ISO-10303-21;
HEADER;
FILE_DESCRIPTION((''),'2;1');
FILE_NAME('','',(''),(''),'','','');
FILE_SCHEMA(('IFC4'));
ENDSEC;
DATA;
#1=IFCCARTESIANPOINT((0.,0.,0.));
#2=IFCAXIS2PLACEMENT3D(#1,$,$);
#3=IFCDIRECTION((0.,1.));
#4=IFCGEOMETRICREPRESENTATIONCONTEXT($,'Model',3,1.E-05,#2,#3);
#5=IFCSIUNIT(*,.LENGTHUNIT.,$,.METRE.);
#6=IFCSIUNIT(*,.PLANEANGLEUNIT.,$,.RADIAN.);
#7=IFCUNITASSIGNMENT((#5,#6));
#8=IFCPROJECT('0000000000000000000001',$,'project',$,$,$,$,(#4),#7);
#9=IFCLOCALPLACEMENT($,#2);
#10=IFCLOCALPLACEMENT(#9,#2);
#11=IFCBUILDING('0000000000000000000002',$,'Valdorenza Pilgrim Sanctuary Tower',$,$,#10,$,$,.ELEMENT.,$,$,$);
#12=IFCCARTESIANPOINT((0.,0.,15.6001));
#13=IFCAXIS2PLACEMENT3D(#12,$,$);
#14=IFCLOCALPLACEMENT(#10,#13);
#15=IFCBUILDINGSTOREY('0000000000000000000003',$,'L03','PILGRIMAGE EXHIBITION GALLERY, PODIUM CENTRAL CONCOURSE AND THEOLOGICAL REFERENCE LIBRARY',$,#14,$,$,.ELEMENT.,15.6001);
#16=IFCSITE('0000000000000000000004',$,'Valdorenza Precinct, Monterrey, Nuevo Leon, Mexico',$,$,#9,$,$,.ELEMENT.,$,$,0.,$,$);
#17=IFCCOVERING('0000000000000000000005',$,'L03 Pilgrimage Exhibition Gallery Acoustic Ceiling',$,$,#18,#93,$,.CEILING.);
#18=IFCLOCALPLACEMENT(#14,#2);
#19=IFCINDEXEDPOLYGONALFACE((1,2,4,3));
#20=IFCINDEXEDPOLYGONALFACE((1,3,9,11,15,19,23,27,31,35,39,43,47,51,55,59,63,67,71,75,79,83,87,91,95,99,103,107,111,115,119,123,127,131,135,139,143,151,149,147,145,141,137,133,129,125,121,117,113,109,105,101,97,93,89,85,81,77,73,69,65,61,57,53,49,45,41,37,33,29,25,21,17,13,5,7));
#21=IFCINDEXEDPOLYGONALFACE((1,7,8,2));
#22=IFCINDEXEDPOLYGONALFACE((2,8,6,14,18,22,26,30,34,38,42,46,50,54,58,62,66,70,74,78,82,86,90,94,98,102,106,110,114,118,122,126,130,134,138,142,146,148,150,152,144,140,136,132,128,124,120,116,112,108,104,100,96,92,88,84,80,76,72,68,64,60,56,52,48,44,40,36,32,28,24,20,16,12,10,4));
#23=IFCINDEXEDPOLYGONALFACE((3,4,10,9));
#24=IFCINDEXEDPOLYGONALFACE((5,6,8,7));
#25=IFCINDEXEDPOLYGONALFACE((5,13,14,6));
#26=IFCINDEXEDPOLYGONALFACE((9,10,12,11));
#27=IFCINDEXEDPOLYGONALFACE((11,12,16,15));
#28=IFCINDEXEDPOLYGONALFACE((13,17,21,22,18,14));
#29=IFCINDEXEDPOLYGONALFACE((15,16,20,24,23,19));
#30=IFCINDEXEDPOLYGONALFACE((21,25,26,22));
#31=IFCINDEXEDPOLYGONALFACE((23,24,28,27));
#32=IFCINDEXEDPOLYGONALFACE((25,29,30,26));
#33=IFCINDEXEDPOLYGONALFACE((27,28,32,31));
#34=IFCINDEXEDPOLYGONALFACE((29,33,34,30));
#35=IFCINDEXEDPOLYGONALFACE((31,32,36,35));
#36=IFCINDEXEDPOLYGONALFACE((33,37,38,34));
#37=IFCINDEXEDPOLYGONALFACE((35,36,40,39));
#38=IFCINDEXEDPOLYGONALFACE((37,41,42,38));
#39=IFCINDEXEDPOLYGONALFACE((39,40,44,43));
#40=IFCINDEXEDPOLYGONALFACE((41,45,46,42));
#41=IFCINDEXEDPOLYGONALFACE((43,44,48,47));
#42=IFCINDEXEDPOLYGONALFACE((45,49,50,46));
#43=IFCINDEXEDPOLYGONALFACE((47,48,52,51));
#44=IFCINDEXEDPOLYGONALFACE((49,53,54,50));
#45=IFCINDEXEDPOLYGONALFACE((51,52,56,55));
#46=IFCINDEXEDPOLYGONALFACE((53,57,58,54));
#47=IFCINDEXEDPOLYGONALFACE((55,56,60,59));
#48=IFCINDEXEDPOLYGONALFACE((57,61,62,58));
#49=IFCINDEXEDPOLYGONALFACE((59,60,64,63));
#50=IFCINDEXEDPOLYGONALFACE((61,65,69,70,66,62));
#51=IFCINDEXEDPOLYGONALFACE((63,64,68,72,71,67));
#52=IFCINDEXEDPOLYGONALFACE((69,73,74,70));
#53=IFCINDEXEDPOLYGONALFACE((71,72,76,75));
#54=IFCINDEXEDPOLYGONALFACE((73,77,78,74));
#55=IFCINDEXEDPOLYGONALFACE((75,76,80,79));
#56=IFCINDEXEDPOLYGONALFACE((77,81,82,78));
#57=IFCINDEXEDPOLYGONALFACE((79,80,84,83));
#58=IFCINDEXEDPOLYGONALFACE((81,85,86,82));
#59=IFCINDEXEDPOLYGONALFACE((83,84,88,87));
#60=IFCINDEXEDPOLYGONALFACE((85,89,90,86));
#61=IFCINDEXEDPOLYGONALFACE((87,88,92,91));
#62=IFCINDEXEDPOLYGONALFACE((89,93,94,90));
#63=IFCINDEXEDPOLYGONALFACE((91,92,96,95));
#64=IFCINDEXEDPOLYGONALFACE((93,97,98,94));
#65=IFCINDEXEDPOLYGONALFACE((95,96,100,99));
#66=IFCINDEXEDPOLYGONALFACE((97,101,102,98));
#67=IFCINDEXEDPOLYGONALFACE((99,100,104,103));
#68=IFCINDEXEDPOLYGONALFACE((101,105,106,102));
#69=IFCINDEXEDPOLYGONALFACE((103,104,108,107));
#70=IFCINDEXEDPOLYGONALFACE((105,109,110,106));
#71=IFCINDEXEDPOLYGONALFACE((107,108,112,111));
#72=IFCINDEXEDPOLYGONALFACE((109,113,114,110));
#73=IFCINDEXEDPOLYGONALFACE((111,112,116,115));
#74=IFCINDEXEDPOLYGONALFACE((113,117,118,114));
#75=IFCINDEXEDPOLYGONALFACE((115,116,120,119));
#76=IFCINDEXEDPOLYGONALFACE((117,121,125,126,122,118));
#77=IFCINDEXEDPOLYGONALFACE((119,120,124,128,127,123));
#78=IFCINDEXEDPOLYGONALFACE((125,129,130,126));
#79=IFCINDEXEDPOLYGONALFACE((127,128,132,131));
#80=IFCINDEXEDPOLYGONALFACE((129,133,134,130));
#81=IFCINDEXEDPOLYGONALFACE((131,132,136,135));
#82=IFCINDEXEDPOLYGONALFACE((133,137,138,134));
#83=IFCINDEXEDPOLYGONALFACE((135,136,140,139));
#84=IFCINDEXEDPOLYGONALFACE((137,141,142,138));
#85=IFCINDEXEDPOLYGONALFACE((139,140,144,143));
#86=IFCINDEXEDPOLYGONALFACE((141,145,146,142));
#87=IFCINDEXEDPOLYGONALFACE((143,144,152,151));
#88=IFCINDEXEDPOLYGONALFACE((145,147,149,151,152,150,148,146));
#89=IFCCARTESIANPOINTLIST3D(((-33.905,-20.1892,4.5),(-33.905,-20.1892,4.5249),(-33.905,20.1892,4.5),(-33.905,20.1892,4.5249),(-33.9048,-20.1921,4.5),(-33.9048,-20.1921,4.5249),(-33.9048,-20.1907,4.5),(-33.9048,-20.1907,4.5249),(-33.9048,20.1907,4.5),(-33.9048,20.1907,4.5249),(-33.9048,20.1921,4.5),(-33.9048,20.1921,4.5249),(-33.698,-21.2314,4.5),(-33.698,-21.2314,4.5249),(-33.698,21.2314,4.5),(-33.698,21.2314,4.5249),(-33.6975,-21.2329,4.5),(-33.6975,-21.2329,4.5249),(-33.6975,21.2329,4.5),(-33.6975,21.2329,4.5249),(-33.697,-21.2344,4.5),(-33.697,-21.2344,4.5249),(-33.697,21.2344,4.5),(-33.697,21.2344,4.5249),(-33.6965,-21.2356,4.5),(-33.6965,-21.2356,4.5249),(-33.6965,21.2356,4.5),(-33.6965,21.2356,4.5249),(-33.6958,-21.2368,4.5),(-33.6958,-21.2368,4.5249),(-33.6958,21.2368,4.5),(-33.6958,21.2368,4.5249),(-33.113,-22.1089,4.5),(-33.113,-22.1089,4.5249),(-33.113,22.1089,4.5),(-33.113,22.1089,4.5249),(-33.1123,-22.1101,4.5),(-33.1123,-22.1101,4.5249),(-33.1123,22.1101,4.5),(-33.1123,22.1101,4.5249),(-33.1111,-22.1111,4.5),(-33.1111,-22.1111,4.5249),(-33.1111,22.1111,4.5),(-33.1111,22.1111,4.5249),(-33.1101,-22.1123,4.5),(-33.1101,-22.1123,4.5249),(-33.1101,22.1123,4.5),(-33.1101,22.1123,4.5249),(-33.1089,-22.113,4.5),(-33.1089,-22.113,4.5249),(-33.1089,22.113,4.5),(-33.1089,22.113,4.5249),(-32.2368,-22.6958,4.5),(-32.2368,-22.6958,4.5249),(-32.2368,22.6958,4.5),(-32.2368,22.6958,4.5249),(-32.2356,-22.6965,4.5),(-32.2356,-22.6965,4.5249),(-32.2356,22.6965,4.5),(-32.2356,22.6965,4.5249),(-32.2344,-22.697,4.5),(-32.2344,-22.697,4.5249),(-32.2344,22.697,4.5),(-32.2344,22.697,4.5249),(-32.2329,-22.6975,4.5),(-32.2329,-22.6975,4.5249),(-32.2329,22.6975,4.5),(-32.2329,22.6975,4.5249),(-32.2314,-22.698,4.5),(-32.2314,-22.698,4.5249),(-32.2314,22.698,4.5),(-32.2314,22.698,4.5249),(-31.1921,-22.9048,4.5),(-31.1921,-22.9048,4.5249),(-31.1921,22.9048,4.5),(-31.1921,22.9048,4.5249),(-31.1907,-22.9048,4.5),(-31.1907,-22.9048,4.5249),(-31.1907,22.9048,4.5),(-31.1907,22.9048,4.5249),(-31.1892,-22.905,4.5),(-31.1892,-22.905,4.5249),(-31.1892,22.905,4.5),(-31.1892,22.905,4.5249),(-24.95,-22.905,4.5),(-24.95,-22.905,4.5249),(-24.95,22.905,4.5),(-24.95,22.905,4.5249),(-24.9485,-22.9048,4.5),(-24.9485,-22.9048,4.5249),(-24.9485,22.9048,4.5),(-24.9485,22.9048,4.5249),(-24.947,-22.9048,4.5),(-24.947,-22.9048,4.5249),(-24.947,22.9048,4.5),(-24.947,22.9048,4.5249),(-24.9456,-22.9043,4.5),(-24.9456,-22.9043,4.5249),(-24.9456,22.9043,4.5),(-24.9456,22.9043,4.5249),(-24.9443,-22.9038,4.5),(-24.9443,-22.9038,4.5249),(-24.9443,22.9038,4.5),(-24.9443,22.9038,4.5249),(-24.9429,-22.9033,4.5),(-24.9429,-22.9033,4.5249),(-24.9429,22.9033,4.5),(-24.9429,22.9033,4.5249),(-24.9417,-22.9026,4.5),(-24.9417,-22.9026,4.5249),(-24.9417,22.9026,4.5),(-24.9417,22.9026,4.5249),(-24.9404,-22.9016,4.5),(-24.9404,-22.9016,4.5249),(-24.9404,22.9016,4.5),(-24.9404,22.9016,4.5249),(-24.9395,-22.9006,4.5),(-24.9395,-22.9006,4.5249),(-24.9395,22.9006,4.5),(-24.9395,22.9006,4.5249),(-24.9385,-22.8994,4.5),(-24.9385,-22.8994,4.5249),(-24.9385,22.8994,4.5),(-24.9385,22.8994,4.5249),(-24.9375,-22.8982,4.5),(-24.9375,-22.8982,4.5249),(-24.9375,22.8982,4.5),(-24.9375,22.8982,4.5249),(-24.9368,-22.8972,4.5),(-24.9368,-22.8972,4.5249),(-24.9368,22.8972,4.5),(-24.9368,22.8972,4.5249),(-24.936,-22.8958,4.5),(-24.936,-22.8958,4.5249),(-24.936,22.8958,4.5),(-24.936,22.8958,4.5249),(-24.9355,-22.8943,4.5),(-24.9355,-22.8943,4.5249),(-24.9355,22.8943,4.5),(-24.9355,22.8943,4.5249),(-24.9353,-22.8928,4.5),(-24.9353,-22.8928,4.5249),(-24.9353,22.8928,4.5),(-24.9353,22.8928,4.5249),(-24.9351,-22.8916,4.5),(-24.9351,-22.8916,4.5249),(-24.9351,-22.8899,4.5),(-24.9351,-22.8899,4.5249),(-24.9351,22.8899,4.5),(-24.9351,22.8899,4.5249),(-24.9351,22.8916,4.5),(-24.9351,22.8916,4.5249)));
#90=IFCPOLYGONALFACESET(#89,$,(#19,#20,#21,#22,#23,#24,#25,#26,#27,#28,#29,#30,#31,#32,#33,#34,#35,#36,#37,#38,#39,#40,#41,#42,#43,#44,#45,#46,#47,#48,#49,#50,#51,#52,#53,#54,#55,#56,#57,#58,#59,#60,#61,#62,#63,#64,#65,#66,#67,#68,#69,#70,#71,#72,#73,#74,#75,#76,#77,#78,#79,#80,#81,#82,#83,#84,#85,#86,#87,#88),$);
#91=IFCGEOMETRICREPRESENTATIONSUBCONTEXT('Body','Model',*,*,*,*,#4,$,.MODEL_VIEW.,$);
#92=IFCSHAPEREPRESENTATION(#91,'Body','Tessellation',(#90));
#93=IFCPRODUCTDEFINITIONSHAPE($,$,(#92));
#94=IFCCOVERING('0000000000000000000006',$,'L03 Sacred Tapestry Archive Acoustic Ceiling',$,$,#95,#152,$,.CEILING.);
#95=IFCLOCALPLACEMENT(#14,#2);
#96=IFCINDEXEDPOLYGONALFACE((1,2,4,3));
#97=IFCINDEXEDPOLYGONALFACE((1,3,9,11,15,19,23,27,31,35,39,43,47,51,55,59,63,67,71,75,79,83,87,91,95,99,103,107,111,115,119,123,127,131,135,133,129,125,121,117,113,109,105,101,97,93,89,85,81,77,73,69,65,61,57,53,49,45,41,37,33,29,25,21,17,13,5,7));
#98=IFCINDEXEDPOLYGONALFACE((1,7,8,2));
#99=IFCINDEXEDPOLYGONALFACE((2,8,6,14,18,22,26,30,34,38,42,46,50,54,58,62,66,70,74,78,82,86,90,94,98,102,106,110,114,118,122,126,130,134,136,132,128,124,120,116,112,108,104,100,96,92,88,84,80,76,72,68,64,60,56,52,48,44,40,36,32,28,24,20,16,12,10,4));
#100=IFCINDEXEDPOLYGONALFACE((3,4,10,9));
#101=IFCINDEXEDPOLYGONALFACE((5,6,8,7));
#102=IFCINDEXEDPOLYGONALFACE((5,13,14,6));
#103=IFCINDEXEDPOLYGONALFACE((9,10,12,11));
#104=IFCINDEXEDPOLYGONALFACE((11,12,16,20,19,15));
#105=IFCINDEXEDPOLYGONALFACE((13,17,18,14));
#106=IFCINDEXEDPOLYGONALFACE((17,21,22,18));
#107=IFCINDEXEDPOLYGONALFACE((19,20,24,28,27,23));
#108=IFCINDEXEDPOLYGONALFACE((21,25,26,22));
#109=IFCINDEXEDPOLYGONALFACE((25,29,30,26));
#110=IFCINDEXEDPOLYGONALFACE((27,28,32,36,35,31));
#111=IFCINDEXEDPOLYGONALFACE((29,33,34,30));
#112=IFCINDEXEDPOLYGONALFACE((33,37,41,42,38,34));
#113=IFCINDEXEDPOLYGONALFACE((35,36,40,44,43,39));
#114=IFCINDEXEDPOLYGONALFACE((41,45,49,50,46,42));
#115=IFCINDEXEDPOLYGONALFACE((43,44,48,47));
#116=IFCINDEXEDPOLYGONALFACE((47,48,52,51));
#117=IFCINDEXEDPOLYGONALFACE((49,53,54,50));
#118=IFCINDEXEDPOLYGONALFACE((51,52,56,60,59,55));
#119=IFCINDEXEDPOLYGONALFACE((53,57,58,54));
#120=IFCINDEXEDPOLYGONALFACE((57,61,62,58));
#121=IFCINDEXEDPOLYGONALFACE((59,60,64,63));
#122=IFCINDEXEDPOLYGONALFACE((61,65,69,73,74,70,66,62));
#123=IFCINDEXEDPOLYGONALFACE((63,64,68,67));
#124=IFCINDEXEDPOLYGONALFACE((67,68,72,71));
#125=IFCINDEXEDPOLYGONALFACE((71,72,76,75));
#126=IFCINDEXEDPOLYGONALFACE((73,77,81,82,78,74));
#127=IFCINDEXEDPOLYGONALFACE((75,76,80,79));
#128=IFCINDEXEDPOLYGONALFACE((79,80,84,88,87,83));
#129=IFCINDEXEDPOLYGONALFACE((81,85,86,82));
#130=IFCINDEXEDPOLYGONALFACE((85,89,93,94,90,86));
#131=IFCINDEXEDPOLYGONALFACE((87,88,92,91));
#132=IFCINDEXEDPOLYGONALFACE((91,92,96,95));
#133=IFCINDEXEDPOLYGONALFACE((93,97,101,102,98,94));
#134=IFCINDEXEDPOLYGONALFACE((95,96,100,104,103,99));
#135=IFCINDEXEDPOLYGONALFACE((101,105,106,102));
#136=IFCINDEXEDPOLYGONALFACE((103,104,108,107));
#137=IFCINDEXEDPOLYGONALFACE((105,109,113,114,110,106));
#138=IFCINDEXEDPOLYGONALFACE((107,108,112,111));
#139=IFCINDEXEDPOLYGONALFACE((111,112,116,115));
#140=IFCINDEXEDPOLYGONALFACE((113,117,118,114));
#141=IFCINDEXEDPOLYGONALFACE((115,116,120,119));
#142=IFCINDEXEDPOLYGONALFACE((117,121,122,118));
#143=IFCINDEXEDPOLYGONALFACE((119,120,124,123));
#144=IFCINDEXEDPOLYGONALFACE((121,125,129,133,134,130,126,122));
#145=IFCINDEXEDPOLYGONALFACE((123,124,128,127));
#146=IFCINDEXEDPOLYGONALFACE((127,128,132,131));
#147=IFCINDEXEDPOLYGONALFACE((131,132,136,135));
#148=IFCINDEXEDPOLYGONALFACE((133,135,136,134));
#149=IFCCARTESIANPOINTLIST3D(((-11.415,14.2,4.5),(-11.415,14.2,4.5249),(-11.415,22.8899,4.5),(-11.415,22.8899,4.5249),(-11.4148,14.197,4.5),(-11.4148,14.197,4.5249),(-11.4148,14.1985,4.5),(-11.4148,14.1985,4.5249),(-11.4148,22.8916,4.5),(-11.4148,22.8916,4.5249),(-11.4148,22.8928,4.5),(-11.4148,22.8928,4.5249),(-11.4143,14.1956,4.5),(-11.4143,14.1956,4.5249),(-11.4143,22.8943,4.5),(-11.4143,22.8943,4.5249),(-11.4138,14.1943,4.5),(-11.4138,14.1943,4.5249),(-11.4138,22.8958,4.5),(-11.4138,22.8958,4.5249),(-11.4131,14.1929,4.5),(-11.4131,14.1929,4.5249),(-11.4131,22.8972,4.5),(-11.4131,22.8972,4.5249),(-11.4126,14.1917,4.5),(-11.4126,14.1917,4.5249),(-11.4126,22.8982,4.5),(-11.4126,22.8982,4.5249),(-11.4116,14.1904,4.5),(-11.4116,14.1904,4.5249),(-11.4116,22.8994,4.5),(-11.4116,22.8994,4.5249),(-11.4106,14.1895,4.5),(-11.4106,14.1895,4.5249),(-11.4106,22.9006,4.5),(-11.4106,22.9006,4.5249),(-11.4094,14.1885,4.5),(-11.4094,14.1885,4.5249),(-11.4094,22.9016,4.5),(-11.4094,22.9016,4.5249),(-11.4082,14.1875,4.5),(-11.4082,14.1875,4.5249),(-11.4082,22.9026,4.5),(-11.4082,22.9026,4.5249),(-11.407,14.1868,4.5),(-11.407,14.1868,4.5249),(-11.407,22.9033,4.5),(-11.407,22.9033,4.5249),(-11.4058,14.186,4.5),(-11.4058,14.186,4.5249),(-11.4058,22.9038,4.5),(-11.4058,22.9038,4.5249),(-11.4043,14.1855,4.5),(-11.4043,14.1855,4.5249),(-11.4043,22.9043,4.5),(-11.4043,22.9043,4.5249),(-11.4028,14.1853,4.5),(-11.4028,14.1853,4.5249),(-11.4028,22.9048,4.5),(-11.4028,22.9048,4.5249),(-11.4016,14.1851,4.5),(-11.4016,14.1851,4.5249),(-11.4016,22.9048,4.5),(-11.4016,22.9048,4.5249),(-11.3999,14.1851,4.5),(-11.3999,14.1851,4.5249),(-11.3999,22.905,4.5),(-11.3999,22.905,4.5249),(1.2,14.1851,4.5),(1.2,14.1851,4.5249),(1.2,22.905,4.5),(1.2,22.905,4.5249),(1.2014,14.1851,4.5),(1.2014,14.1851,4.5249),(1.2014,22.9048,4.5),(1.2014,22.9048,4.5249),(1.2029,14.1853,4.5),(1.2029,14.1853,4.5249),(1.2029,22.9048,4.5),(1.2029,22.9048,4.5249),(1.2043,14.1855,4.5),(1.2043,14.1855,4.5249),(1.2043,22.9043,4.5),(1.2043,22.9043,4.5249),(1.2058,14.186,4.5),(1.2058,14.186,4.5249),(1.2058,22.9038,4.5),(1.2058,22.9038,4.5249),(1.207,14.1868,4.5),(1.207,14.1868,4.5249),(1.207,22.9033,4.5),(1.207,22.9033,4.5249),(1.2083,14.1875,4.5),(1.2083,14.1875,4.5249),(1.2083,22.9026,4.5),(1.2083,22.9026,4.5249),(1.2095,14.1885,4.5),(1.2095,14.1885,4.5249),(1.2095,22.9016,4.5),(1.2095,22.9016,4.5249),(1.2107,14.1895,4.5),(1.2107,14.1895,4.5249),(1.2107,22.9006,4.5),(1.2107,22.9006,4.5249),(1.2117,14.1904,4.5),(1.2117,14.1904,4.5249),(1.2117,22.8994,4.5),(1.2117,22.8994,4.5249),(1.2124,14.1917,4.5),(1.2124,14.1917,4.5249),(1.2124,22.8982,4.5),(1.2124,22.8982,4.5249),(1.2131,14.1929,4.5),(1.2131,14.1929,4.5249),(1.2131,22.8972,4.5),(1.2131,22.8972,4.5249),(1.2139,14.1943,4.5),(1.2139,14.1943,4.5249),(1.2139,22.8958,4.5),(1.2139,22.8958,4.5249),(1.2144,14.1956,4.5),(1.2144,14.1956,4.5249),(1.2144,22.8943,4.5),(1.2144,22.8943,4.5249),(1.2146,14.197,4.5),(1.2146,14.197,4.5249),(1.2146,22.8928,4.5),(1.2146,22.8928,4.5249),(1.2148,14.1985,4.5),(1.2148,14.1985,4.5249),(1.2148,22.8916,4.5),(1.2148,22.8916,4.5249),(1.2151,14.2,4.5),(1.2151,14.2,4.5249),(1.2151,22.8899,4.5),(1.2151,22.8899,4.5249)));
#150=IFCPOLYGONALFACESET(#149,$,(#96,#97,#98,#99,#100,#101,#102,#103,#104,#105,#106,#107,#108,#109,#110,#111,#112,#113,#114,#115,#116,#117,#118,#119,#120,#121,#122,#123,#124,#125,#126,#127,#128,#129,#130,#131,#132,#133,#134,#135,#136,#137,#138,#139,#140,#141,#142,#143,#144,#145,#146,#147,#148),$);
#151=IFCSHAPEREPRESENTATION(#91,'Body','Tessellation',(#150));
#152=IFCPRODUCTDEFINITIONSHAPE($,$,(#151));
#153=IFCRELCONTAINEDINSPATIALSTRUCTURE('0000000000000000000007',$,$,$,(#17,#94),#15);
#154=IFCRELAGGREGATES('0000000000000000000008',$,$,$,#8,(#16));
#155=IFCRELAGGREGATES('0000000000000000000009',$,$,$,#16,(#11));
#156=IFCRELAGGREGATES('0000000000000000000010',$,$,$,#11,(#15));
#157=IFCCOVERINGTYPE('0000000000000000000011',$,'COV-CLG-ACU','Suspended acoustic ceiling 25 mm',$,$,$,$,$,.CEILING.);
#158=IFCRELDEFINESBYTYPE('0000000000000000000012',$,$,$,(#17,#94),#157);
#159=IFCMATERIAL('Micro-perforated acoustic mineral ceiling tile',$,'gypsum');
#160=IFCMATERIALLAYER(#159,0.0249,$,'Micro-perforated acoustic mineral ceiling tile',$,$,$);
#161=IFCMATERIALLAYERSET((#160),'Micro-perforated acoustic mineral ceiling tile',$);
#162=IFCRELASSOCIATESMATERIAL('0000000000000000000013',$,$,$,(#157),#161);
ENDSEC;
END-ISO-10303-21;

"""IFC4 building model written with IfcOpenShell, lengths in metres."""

from ifc_helpers import new_model, si_unit, direction, frame, origin, place, context, subcontext, project, spatial, polyline, outline, extrude, material, layer, layer_set, type_object, element, save


model = new_model("IFC4")

# Units and contexts
model_context = context("Model", 3, precision=1e-05, world=origin(), true_north=direction((0.0, 1.0)))
body_context = subcontext(model_context, "Body", "Model", "MODEL_VIEW")
ifc_project = project(units=[si_unit("LENGTHUNIT", "METRE"), si_unit("PLANEANGLEUNIT", "RADIAN")], contexts=[model_context])

# Site, building, storey
site_placement = place(None, origin())
site = spatial("IfcSite", under=ifc_project, at=site_placement, Name="Valdorenza Precinct, Monterrey, Nuevo Leon, Mexico", CompositionType="ELEMENT", RefElevation=0.0)
building_placement = place(site_placement, origin())
building = spatial("IfcBuilding", under=site, at=building_placement, Name="Valdorenza Pilgrim Sanctuary Tower", CompositionType="ELEMENT")
storey_placement = place(building_placement, frame((0.0, 0.0, 15.6001)))
storey = spatial("IfcBuildingStorey", under=building, at=storey_placement, Name="L03", Description="PILGRIMAGE EXHIBITION GALLERY, PODIUM CENTRAL CONCOURSE AND THEOLOGICAL REFERENCE LIBRARY", CompositionType="ELEMENT", Elevation=15.6001)

# Coverings
ifc_material_1 = material(Name="Micro-perforated acoustic mineral ceiling tile", Category="gypsum")
ifc_layer_1 = layer(ifc_material_1, 0.0249, Name="Micro-perforated acoustic mineral ceiling tile")
ifc_layer_set_1 = layer_set([ifc_layer_1], Name="Micro-perforated acoustic mineral ceiling tile")
covering_type_1 = type_object("IfcCoveringType", Name="COV-CLG-ACU", Description="Suspended acoustic ceiling 25 mm", PredefinedType="CEILING", material=ifc_layer_set_1)
covering_1_placement = place(storey_placement, frame((0.0, 0.0, 4.5)))
element("IfcCovering", 1, at=covering_1_placement, inside=storey, type_object=covering_type_1, Name="L03 Pilgrimage Exhibition Gallery Acoustic Ceiling", PredefinedType="CEILING", context=body_context, shape_type="SweptSolid", body=[
    extrude(outline(polyline([(-31.1892, -22.905), (-31.1907, -22.9048), (-31.1921, -22.9048), (-32.2314, -22.698), (-32.2329, -22.6975), (-32.2344, -22.697), (-32.2356, -22.6965), (-32.2368, -22.6958), (-33.1089, -22.113), (-33.1101, -22.1123), (-33.1111, -22.1111), (-33.1123, -22.1101), (-33.113, -22.1089), (-33.6958, -21.2368), (-33.6965, -21.2356), (-33.697, -21.2344), (-33.6975, -21.2329), (-33.698, -21.2314), (-33.9048, -20.1921), (-33.9048, -20.1907), (-33.905, -20.1892), (-33.905, 20.1892), (-33.9048, 20.1907), (-33.9048, 20.1921), (-33.698, 21.2314), (-33.6975, 21.2329), (-33.697, 21.2344), (-33.6965, 21.2356), (-33.6958, 21.2368), (-33.113, 22.1089), (-33.1123, 22.1101), (-33.1111, 22.1111), (-33.1101, 22.1123), (-33.1089, 22.113), (-32.2368, 22.6958), (-32.2356, 22.6965), (-32.2344, 22.697), (-32.2329, 22.6975), (-32.2314, 22.698), (-31.1921, 22.9048), (-31.1907, 22.9048), (-31.1892, 22.905), (-24.95, 22.905), (-24.9485, 22.9048), (-24.947, 22.9048), (-24.9456, 22.9043), (-24.9443, 22.9038), (-24.9429, 22.9033), (-24.9417, 22.9026), (-24.9404, 22.9016), (-24.9395, 22.9006), (-24.9385, 22.8994), (-24.9375, 22.8982), (-24.9368, 22.8972), (-24.936, 22.8958), (-24.9355, 22.8943), (-24.9353, 22.8928), (-24.9351, 22.8916), (-24.9351, 22.8899), (-24.9351, -22.8899), (-24.9351, -22.8916), (-24.9353, -22.8928), (-24.9355, -22.8943), (-24.936, -22.8958), (-24.9368, -22.8972), (-24.9375, -22.8982), (-24.9385, -22.8994), (-24.9395, -22.9006), (-24.9404, -22.9016), (-24.9417, -22.9026), (-24.9429, -22.9033), (-24.9443, -22.9038), (-24.9456, -22.9043), (-24.947, -22.9048), (-24.9485, -22.9048), (-24.95, -22.905), (-31.1892, -22.905)])), origin(), (0.0, 0.0, 1.0), 0.0249),
])
covering_2_placement = place(storey_placement, frame((0.0, 0.0, 4.5)))
element("IfcCovering", 2, at=covering_2_placement, inside=storey, type_object=covering_type_1, Name="L03 Sacred Tapestry Archive Acoustic Ceiling", PredefinedType="CEILING", context=body_context, shape_type="SweptSolid", body=[
    extrude(outline(polyline([(-11.3999, 14.1851), (-11.4016, 14.1851), (-11.4028, 14.1853), (-11.4043, 14.1855), (-11.4058, 14.186), (-11.407, 14.1868), (-11.4082, 14.1875), (-11.4094, 14.1885), (-11.4106, 14.1895), (-11.4116, 14.1904), (-11.4126, 14.1917), (-11.4131, 14.1929), (-11.4138, 14.1943), (-11.4143, 14.1956), (-11.4148, 14.197), (-11.4148, 14.1985), (-11.415, 14.2), (-11.415, 22.8899), (-11.4148, 22.8916), (-11.4148, 22.8928), (-11.4143, 22.8943), (-11.4138, 22.8958), (-11.4131, 22.8972), (-11.4126, 22.8982), (-11.4116, 22.8994), (-11.4106, 22.9006), (-11.4094, 22.9016), (-11.4082, 22.9026), (-11.407, 22.9033), (-11.4058, 22.9038), (-11.4043, 22.9043), (-11.4028, 22.9048), (-11.4016, 22.9048), (-11.3999, 22.905), (1.2, 22.905), (1.2014, 22.9048), (1.2029, 22.9048), (1.2043, 22.9043), (1.2058, 22.9038), (1.207, 22.9033), (1.2083, 22.9026), (1.2095, 22.9016), (1.2107, 22.9006), (1.2117, 22.8994), (1.2124, 22.8982), (1.2131, 22.8972), (1.2139, 22.8958), (1.2144, 22.8943), (1.2146, 22.8928), (1.2148, 22.8916), (1.2151, 22.8899), (1.2151, 14.2), (1.2148, 14.1985), (1.2146, 14.197), (1.2144, 14.1956), (1.2139, 14.1943), (1.2131, 14.1929), (1.2124, 14.1917), (1.2117, 14.1904), (1.2107, 14.1895), (1.2095, 14.1885), (1.2083, 14.1875), (1.207, 14.1868), (1.2058, 14.186), (1.2043, 14.1855), (1.2029, 14.1853), (1.2014, 14.1851), (1.2, 14.1851), (-11.3999, 14.1851)])), origin(), (0.0, 0.0, 1.0), 0.0249),
])

save(model, "model.ifc")
